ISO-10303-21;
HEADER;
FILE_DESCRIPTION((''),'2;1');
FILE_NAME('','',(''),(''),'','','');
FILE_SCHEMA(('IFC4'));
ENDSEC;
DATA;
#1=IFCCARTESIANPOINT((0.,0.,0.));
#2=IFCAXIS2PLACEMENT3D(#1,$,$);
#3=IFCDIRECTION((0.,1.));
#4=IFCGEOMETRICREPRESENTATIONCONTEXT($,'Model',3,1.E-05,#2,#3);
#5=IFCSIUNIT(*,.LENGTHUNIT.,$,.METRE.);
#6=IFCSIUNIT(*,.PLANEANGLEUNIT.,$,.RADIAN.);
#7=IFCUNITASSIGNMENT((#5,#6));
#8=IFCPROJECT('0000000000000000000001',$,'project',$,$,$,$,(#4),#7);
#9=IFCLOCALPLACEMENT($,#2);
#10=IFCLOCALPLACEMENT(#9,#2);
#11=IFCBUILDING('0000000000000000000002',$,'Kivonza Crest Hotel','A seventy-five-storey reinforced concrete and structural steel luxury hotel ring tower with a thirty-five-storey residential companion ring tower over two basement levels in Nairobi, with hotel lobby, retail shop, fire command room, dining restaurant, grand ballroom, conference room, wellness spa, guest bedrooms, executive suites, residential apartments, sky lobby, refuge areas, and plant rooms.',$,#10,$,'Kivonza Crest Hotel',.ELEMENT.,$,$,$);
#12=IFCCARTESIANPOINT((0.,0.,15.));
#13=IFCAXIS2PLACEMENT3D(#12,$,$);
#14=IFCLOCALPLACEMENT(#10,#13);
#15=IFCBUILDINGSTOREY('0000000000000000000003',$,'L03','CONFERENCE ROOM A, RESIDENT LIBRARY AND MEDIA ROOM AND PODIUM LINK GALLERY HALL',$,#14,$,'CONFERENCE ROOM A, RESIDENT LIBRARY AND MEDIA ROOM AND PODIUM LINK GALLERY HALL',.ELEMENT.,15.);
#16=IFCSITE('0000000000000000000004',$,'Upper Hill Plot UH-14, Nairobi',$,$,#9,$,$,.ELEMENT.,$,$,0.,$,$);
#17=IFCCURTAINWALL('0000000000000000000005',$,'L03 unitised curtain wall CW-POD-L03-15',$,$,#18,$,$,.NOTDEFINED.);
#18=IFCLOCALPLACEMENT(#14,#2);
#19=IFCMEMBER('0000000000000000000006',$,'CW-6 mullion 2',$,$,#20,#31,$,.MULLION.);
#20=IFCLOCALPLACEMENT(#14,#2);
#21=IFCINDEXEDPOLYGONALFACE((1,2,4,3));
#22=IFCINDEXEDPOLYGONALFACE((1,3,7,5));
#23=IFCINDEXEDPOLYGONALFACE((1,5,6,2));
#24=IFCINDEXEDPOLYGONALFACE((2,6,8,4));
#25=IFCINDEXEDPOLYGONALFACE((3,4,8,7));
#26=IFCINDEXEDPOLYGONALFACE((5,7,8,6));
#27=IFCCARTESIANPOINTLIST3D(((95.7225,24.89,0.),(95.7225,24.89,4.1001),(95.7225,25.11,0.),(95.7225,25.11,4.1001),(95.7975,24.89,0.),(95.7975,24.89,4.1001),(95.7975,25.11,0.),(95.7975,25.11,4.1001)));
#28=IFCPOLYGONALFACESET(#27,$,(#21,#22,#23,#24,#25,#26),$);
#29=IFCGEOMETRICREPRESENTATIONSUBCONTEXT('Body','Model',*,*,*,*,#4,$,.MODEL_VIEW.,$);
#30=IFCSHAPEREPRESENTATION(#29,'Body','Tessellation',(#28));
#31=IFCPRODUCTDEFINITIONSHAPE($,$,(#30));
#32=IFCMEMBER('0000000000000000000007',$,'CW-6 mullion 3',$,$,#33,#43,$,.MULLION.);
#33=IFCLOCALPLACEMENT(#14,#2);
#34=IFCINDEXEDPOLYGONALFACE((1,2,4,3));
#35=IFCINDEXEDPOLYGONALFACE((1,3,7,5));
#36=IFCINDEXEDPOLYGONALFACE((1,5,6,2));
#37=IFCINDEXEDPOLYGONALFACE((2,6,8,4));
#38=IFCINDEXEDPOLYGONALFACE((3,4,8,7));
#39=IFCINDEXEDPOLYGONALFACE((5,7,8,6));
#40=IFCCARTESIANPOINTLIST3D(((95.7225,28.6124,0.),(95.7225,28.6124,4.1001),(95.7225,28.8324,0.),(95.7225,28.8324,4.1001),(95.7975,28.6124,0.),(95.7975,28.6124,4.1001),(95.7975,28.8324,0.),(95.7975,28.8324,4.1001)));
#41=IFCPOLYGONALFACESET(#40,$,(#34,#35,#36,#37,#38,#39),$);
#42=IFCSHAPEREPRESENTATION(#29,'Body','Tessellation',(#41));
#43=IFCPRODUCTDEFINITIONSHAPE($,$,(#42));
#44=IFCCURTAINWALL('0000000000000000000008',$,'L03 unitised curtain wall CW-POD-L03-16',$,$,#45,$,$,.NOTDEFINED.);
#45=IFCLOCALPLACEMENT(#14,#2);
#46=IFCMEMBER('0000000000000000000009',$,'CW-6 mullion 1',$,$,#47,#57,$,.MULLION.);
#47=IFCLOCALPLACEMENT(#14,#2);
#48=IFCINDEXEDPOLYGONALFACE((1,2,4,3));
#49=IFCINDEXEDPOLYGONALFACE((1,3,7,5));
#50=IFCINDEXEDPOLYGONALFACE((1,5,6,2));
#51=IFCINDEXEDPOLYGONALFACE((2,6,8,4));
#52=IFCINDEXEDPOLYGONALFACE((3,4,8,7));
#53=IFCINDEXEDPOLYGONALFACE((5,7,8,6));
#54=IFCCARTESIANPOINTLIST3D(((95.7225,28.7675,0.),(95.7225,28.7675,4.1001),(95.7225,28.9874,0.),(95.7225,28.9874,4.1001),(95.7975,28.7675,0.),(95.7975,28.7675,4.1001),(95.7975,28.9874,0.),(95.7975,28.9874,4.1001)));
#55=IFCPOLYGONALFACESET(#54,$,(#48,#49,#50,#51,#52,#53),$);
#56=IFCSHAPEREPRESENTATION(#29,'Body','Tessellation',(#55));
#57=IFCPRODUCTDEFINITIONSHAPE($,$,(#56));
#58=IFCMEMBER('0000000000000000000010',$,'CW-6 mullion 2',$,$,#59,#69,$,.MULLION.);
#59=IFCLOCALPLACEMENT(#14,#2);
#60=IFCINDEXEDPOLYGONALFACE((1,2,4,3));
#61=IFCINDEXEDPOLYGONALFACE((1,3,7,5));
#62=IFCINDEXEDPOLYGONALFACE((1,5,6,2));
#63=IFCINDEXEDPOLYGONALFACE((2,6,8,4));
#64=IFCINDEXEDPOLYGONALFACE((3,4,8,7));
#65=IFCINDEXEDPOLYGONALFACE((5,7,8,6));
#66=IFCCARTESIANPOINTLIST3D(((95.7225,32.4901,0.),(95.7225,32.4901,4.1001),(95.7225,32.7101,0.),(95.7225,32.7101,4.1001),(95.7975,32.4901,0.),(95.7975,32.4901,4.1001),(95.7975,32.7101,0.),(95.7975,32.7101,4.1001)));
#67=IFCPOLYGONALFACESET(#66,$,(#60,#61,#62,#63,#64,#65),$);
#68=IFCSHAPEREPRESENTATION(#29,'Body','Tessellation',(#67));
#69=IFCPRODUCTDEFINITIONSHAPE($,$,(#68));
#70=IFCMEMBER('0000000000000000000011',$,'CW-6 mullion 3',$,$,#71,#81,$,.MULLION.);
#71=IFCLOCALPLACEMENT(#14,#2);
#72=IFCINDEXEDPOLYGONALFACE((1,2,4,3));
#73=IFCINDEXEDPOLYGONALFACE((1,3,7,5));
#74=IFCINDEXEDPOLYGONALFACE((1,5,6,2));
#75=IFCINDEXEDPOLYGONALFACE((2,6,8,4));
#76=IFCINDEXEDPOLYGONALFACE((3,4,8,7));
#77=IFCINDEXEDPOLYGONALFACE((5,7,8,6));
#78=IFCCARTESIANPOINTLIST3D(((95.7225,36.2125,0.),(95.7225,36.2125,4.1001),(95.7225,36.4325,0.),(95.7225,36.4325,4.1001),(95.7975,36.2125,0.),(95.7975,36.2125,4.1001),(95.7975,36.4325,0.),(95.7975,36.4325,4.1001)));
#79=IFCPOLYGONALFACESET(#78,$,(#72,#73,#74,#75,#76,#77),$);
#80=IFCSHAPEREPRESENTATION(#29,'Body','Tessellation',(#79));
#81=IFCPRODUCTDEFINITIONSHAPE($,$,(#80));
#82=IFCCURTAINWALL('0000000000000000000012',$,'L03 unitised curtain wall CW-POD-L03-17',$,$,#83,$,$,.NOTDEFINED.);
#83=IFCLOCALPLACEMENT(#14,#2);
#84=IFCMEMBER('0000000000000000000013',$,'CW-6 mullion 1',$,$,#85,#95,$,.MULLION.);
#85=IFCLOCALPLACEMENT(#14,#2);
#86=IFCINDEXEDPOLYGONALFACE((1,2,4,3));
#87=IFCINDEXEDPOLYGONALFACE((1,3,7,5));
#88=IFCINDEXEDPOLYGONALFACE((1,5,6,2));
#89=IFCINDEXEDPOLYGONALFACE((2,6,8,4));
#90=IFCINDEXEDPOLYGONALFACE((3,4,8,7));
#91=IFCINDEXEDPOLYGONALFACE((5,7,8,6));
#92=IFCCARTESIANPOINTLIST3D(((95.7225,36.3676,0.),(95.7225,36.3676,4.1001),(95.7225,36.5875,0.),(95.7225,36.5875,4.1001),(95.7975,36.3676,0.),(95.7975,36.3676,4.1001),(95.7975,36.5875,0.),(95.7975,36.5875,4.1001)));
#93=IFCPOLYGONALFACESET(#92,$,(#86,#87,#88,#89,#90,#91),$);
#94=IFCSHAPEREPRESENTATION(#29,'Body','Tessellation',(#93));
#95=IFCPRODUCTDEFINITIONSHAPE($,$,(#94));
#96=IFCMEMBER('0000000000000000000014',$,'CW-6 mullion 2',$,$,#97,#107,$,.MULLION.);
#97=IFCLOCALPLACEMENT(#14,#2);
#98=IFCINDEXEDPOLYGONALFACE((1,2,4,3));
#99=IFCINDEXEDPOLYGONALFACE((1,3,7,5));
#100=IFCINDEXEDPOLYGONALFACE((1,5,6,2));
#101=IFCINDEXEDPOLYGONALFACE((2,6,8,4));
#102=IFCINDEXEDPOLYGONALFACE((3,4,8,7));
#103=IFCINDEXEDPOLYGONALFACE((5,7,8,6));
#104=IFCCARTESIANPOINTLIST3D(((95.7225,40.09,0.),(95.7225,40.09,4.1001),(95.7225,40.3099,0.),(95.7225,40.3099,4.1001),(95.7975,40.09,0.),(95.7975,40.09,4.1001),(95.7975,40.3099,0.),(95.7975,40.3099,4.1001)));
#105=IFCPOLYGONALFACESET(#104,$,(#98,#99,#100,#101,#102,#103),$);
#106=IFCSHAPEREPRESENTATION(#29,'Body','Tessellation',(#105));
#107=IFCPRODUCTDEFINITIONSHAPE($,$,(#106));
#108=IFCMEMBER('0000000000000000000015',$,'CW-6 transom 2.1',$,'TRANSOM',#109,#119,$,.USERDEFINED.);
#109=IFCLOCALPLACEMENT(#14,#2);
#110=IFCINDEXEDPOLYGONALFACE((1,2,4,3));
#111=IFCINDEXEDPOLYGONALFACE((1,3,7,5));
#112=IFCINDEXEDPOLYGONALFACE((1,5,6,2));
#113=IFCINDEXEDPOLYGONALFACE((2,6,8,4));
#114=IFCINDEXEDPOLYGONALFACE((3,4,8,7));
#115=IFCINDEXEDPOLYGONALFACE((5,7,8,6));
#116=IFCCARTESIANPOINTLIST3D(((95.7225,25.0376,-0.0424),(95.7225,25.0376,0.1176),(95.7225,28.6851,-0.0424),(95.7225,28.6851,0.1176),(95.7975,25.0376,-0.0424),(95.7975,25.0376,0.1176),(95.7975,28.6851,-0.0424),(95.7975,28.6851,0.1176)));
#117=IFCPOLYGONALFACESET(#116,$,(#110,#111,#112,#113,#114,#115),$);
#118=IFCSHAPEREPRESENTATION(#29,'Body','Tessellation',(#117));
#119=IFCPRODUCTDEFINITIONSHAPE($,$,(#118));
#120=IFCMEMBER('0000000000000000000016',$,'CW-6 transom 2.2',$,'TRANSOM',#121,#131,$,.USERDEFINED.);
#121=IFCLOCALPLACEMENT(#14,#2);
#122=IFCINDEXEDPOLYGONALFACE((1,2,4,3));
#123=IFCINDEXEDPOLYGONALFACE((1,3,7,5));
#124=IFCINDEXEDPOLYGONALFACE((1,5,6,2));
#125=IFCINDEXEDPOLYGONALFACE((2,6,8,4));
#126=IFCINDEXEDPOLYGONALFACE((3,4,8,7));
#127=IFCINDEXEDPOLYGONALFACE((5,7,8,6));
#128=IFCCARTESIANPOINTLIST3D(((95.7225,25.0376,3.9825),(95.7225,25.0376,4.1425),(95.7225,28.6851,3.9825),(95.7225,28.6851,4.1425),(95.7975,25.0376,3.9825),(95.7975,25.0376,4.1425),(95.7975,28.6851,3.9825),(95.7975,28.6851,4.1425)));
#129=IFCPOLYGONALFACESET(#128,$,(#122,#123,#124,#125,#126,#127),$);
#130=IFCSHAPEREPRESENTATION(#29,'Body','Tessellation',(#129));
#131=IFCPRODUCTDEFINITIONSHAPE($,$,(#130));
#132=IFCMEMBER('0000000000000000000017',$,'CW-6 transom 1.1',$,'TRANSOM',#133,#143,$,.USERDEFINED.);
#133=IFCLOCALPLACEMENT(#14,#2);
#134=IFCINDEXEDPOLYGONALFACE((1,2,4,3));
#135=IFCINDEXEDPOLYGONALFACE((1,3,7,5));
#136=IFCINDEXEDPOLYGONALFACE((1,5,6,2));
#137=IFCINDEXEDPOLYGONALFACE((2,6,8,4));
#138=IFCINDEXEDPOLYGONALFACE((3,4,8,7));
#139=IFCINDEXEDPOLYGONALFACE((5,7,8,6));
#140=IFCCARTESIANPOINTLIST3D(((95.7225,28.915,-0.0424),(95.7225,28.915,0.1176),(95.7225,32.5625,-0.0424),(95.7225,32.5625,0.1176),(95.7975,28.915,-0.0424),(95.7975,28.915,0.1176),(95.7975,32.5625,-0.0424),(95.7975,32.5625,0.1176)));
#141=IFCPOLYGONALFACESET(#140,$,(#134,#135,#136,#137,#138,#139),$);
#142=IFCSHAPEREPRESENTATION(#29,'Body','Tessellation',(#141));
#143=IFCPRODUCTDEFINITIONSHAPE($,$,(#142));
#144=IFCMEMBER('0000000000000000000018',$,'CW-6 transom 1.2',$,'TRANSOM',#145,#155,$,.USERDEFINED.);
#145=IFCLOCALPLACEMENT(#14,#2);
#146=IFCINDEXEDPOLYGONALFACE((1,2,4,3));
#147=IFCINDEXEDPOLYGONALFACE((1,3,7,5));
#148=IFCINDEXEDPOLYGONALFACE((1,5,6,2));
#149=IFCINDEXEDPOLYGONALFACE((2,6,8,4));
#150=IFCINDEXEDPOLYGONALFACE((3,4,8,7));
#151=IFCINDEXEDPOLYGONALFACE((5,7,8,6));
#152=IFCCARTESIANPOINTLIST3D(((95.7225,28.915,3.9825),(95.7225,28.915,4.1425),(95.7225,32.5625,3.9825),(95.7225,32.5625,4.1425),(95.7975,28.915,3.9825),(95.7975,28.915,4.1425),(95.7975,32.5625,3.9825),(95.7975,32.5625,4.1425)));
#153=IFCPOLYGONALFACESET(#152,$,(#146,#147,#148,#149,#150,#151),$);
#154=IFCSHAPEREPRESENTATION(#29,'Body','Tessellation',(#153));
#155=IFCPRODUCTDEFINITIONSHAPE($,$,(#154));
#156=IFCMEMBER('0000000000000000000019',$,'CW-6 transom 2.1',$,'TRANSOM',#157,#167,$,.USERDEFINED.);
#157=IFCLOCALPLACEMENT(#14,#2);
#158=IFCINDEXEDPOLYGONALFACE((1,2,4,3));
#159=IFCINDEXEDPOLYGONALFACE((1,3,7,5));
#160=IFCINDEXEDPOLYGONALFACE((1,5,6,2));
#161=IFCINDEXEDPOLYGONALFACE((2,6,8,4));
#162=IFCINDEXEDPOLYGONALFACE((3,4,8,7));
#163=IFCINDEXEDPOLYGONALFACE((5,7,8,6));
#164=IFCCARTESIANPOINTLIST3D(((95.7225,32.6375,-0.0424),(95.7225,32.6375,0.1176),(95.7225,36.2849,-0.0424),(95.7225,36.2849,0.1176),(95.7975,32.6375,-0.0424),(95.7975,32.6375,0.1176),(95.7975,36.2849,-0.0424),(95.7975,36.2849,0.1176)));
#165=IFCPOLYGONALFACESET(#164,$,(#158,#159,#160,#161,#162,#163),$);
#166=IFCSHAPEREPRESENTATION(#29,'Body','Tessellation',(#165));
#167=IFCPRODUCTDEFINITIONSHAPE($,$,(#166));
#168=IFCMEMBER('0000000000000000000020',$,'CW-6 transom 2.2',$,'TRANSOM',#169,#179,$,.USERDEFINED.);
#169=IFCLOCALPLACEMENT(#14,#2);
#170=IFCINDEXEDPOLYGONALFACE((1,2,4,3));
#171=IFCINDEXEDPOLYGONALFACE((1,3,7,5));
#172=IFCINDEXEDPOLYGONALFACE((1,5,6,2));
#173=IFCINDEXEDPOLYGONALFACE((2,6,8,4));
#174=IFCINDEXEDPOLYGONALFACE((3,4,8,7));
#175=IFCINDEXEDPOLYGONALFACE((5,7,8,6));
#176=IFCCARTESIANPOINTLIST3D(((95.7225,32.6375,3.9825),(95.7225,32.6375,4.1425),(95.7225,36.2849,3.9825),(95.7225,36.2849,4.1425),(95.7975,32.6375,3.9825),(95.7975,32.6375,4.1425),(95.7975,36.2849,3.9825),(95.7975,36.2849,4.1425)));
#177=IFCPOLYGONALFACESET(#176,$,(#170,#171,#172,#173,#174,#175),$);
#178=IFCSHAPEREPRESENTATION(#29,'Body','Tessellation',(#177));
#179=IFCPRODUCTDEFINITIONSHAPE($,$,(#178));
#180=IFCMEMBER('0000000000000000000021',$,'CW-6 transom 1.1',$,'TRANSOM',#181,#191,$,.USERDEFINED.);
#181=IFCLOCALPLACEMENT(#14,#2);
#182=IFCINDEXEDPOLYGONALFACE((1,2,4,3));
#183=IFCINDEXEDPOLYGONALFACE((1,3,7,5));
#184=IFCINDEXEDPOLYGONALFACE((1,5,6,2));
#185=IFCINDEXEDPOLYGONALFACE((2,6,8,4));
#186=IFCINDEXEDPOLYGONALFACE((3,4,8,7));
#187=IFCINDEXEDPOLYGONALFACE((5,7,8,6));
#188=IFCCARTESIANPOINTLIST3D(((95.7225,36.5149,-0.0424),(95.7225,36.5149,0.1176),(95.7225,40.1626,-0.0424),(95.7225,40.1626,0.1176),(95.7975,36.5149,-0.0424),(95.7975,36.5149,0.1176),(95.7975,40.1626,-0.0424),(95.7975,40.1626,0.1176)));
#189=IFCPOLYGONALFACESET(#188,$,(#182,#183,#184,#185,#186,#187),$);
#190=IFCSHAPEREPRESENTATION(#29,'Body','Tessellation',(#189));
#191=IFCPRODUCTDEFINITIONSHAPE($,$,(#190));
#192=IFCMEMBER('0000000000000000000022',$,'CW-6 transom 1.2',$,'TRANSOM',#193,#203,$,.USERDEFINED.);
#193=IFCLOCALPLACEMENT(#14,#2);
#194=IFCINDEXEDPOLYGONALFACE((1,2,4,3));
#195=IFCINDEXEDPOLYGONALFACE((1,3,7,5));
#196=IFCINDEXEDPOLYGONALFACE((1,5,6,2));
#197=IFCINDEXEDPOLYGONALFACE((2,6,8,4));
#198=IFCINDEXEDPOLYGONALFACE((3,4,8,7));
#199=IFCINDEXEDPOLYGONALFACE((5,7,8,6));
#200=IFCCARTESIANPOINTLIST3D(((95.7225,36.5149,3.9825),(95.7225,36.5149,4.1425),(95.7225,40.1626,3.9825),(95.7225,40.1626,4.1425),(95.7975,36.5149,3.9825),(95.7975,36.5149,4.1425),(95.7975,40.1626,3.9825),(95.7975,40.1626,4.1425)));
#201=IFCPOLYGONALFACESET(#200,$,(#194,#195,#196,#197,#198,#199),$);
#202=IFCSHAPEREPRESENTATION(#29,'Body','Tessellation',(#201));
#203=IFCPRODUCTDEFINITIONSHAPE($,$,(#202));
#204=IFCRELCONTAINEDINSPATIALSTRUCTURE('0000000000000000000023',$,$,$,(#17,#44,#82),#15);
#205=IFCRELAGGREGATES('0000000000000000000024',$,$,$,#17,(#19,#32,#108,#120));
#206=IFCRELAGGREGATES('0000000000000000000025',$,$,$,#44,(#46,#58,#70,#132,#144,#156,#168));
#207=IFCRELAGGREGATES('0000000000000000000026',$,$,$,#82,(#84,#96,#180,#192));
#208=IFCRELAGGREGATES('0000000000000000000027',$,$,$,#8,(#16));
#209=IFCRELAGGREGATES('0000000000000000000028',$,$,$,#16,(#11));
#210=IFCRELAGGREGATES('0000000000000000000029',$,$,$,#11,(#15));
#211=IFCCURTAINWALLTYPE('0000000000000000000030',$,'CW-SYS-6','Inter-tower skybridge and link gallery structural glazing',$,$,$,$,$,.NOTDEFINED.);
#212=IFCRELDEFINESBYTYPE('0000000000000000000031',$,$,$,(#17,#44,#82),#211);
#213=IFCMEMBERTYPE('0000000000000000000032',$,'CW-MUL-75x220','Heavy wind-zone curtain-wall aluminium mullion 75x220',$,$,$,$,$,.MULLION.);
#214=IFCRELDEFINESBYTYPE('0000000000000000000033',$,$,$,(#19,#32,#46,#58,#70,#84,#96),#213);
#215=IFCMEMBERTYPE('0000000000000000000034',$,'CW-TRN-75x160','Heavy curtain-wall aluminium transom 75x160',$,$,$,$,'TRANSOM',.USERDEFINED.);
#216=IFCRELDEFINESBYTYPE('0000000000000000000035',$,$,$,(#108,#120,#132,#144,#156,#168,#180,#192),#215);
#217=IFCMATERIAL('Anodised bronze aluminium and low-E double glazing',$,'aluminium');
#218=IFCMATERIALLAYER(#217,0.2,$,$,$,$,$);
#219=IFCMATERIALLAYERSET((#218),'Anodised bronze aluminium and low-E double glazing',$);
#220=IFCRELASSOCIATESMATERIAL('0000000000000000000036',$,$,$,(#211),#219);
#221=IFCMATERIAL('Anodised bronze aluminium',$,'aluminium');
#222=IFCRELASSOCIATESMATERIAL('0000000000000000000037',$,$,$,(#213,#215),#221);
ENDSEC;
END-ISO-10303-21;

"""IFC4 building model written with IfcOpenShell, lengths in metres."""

from ifc_helpers import new_model, si_unit, direction, frame, origin, origin_2d, place, context, subcontext, project, spatial, rectangle, extrude, material, layer, layer_set, material_profile, profile_set, type_object, element, aggregate, save


model = new_model("IFC4")

# Units and contexts
model_context = context("Model", 3, precision=1e-05, world=origin(), true_north=direction((0.0, 1.0)))
body_context = subcontext(model_context, "Body", "Model", "MODEL_VIEW")
ifc_project = project(units=[si_unit("LENGTHUNIT", "METRE"), si_unit("PLANEANGLEUNIT", "RADIAN")], contexts=[model_context])

# Site, building, storey
site_placement = place(None, origin())
site = spatial("IfcSite", under=ifc_project, at=site_placement, Name="Upper Hill Plot UH-14, Nairobi", CompositionType="ELEMENT", RefElevation=0.0)
building_placement = place(site_placement, origin())
building = spatial("IfcBuilding", under=site, at=building_placement, Name="Kivonza Crest Hotel", Description="A seventy-five-storey reinforced concrete and structural steel luxury hotel ring tower with a thirty-five-storey residential companion ring tower over two basement levels in Nairobi, with hotel lobby, retail shop, fire command room, dining restaurant, grand ballroom, conference room, wellness spa, guest bedrooms, executive suites, residential apartments, sky lobby, refuge areas, and plant rooms.", LongName="Kivonza Crest Hotel", CompositionType="ELEMENT")
storey_placement = place(building_placement, frame((0.0, 0.0, 15.0)))
storey = spatial("IfcBuildingStorey", under=building, at=storey_placement, Name="L03", Description="CONFERENCE ROOM A, RESIDENT LIBRARY AND MEDIA ROOM AND PODIUM LINK GALLERY HALL", LongName="CONFERENCE ROOM A, RESIDENT LIBRARY AND MEDIA ROOM AND PODIUM LINK GALLERY HALL", CompositionType="ELEMENT", Elevation=15.0)

# Curtain walls, members
ifc_material_1 = material(Name="Anodised bronze aluminium and low-E double glazing", Category="aluminium")
ifc_layer_1 = layer(ifc_material_1, 0.2)
ifc_layer_set_1 = layer_set([ifc_layer_1], Name="Anodised bronze aluminium and low-E double glazing")
curtain_wall_type = type_object("IfcCurtainWallType", Name="CW-SYS-6", Description="Inter-tower skybridge and link gallery structural glazing", PredefinedType="NOTDEFINED", material=ifc_layer_set_1)
curtain_wall_1_placement = place(storey_placement, origin())
curtain_wall_1 = element("IfcCurtainWall", 1, at=curtain_wall_1_placement, inside=storey, type_object=curtain_wall_type, Name="L03 unitised curtain wall CW-POD-L03-15", PredefinedType="NOTDEFINED")
ifc_material_2 = material(Name="Anodised bronze aluminium", Category="aluminium")
ifc_material_profile_1 = material_profile(ifc_material_2, rectangle(XDim=0.075, YDim=0.22, at=origin_2d()), Name="CW-M 75x220")
ifc_profile_set_1 = profile_set([ifc_material_profile_1], Name="Anodised bronze aluminium")
member_type_1 = type_object("IfcMemberType", Name="CW-MUL-75x220", Description="Heavy wind-zone curtain-wall aluminium mullion 75x220", PredefinedType="MULLION", material=ifc_profile_set_1)
member_1_placement = place(storey_placement, frame((95.76, 25.0, 0.0), z_axis=(0.0, 0.0, 1.0), x_axis=(-1.0, 0.0, 0.0)))
member_1 = element("IfcMember", 2, at=member_1_placement, type_object=member_type_1, Name="CW-6 mullion 2", PredefinedType="MULLION", context=body_context, shape_type="SweptSolid", body=[
    extrude(rectangle(XDim=0.075, YDim=0.22, at=origin_2d()), origin(), (0.0, 0.0, 1.0), 4.1001),
])
member_2_placement = place(storey_placement, frame((95.76, 28.7224, 0.0), z_axis=(0.0, 0.0, 1.0), x_axis=(-1.0, 0.0, 0.0)))
member_2 = element("IfcMember", 3, at=member_2_placement, type_object=member_type_1, Name="CW-6 mullion 3", PredefinedType="MULLION", context=body_context, shape_type="SweptSolid", body=[
    extrude(rectangle(XDim=0.075, YDim=0.22, at=origin_2d()), origin(), (0.0, 0.0, 1.0), 4.1001),
])
curtain_wall_2_placement = place(storey_placement, origin())
curtain_wall_2 = element("IfcCurtainWall", 4, at=curtain_wall_2_placement, inside=storey, type_object=curtain_wall_type, Name="L03 unitised curtain wall CW-POD-L03-16", PredefinedType="NOTDEFINED")
member_3_placement = place(storey_placement, frame((95.76, 28.8774, 0.0), z_axis=(0.0, 0.0, 1.0), x_axis=(-1.0, 0.0, 0.0)))
member_3 = element("IfcMember", 5, at=member_3_placement, type_object=member_type_1, Name="CW-6 mullion 1", PredefinedType="MULLION", context=body_context, shape_type="SweptSolid", body=[
    extrude(rectangle(XDim=0.075, YDim=0.22, at=origin_2d()), origin(), (0.0, 0.0, 1.0), 4.1001),
])
member_4_placement = place(storey_placement, frame((95.76, 32.6001, 0.0), z_axis=(0.0, 0.0, 1.0), x_axis=(-1.0, 0.0, 0.0)))
member_4 = element("IfcMember", 6, at=member_4_placement, type_object=member_type_1, Name="CW-6 mullion 2", PredefinedType="MULLION", context=body_context, shape_type="SweptSolid", body=[
    extrude(rectangle(XDim=0.075, YDim=0.22, at=origin_2d()), origin(), (0.0, 0.0, 1.0), 4.1001),
])
member_5_placement = place(storey_placement, frame((95.76, 36.3225, 0.0), z_axis=(0.0, 0.0, 1.0), x_axis=(-1.0, 0.0, 0.0)))
member_5 = element("IfcMember", 7, at=member_5_placement, type_object=member_type_1, Name="CW-6 mullion 3", PredefinedType="MULLION", context=body_context, shape_type="SweptSolid", body=[
    extrude(rectangle(XDim=0.075, YDim=0.22, at=origin_2d()), origin(), (0.0, 0.0, 1.0), 4.1001),
])
curtain_wall_3_placement = place(storey_placement, origin())
curtain_wall_3 = element("IfcCurtainWall", 8, at=curtain_wall_3_placement, inside=storey, type_object=curtain_wall_type, Name="L03 unitised curtain wall CW-POD-L03-17", PredefinedType="NOTDEFINED")
member_6_placement = place(storey_placement, frame((95.76, 36.4775, 0.0), z_axis=(0.0, 0.0, 1.0), x_axis=(-1.0, 0.0, 0.0)))
member_6 = element("IfcMember", 9, at=member_6_placement, type_object=member_type_1, Name="CW-6 mullion 1", PredefinedType="MULLION", context=body_context, shape_type="SweptSolid", body=[
    extrude(rectangle(XDim=0.075, YDim=0.22, at=origin_2d()), origin(), (0.0, 0.0, 1.0), 4.1001),
])
member_7_placement = place(storey_placement, frame((95.76, 40.2, 0.0), z_axis=(0.0, 0.0, 1.0), x_axis=(-1.0, 0.0, 0.0)))
member_7 = element("IfcMember", 10, at=member_7_placement, type_object=member_type_1, Name="CW-6 mullion 2", PredefinedType="MULLION", context=body_context, shape_type="SweptSolid", body=[
    extrude(rectangle(XDim=0.075, YDim=0.22, at=origin_2d()), origin(), (0.0, 0.0, 1.0), 4.1001),
])

# Members
ifc_material_profile_2 = material_profile(ifc_material_2, rectangle(XDim=0.075, YDim=0.1599, at=origin_2d()), Name="CW-T 75x160")
ifc_profile_set_2 = profile_set([ifc_material_profile_2], Name="Anodised bronze aluminium")
member_type_2 = type_object("IfcMemberType", Name="CW-TRN-75x160", Description="Heavy curtain-wall aluminium transom 75x160", ElementType="TRANSOM", PredefinedType="USERDEFINED", material=ifc_profile_set_2)
member_8_placement = place(storey_placement, frame((95.76, 25.0376, 0.0376), z_axis=(0.0, 1.0, 0.0), x_axis=(-1.0, 0.0, 0.0)))
member_8 = element("IfcMember", 11, at=member_8_placement, type_object=member_type_2, Name="CW-6 transom 2.1", ObjectType="TRANSOM", PredefinedType="USERDEFINED", context=body_context, shape_type="SweptSolid", body=[
    extrude(rectangle(XDim=0.075, YDim=0.1599, at=origin_2d()), origin(), (0.0, 0.0, 1.0), 3.6475),
])
member_9_placement = place(storey_placement, frame((95.76, 25.0376, 4.0625), z_axis=(0.0, 1.0, 0.0), x_axis=(-1.0, 0.0, 0.0)))
member_9 = element("IfcMember", 12, at=member_9_placement, type_object=member_type_2, Name="CW-6 transom 2.2", ObjectType="TRANSOM", PredefinedType="USERDEFINED", context=body_context, shape_type="SweptSolid", body=[
    extrude(rectangle(XDim=0.075, YDim=0.1599, at=origin_2d()), origin(), (0.0, 0.0, 1.0), 3.6475),
])
member_10_placement = place(storey_placement, frame((95.76, 28.915, 0.0376), z_axis=(0.0, 1.0, 0.0), x_axis=(-1.0, 0.0, 0.0)))
member_10 = element("IfcMember", 13, at=member_10_placement, type_object=member_type_2, Name="CW-6 transom 1.1", ObjectType="TRANSOM", PredefinedType="USERDEFINED", context=body_context, shape_type="SweptSolid", body=[
    extrude(rectangle(XDim=0.075, YDim=0.1599, at=origin_2d()), origin(), (0.0, 0.0, 1.0), 3.6475),
])
member_11_placement = place(storey_placement, frame((95.76, 28.915, 4.0625), z_axis=(0.0, 1.0, 0.0), x_axis=(-1.0, 0.0, 0.0)))
member_11 = element("IfcMember", 14, at=member_11_placement, type_object=member_type_2, Name="CW-6 transom 1.2", ObjectType="TRANSOM", PredefinedType="USERDEFINED", context=body_context, shape_type="SweptSolid", body=[
    extrude(rectangle(XDim=0.075, YDim=0.1599, at=origin_2d()), origin(), (0.0, 0.0, 1.0), 3.6475),
])
member_12_placement = place(storey_placement, frame((95.76, 32.6375, 0.0376), z_axis=(0.0, 1.0, 0.0), x_axis=(-1.0, 0.0, 0.0)))
member_12 = element("IfcMember", 15, at=member_12_placement, type_object=member_type_2, Name="CW-6 transom 2.1", ObjectType="TRANSOM", PredefinedType="USERDEFINED", context=body_context, shape_type="SweptSolid", body=[
    extrude(rectangle(XDim=0.075, YDim=0.1599, at=origin_2d()), origin(), (0.0, 0.0, 1.0), 3.6475),
])
member_13_placement = place(storey_placement, frame((95.76, 32.6375, 4.0625), z_axis=(0.0, 1.0, 0.0), x_axis=(-1.0, 0.0, 0.0)))
member_13 = element("IfcMember", 16, at=member_13_placement, type_object=member_type_2, Name="CW-6 transom 2.2", ObjectType="TRANSOM", PredefinedType="USERDEFINED", context=body_context, shape_type="SweptSolid", body=[
    extrude(rectangle(XDim=0.075, YDim=0.1599, at=origin_2d()), origin(), (0.0, 0.0, 1.0), 3.6475),
])
member_14_placement = place(storey_placement, frame((95.76, 36.5149, 0.0376), z_axis=(0.0, 1.0, 0.0), x_axis=(-1.0, 0.0, 0.0)))
member_14 = element("IfcMember", 17, at=member_14_placement, type_object=member_type_2, Name="CW-6 transom 1.1", ObjectType="TRANSOM", PredefinedType="USERDEFINED", context=body_context, shape_type="SweptSolid", body=[
    extrude(rectangle(XDim=0.075, YDim=0.1599, at=origin_2d()), origin(), (0.0, 0.0, 1.0), 3.6477),
])
member_15_placement = place(storey_placement, frame((95.76, 36.5149, 4.0625), z_axis=(0.0, 1.0, 0.0), x_axis=(-1.0, 0.0, 0.0)))
member_15 = element("IfcMember", 18, at=member_15_placement, type_object=member_type_2, Name="CW-6 transom 1.2", ObjectType="TRANSOM", PredefinedType="USERDEFINED", context=body_context, shape_type="SweptSolid", body=[
    extrude(rectangle(XDim=0.075, YDim=0.1599, at=origin_2d()), origin(), (0.0, 0.0, 1.0), 3.6477),
])

aggregate(curtain_wall_1, [member_1, member_2, member_8, member_9])
aggregate(curtain_wall_2, [member_3, member_4, member_5, member_10, member_11, member_12, member_13])
aggregate(curtain_wall_3, [member_6, member_7, member_14, member_15])

save(model, "model.ifc")
